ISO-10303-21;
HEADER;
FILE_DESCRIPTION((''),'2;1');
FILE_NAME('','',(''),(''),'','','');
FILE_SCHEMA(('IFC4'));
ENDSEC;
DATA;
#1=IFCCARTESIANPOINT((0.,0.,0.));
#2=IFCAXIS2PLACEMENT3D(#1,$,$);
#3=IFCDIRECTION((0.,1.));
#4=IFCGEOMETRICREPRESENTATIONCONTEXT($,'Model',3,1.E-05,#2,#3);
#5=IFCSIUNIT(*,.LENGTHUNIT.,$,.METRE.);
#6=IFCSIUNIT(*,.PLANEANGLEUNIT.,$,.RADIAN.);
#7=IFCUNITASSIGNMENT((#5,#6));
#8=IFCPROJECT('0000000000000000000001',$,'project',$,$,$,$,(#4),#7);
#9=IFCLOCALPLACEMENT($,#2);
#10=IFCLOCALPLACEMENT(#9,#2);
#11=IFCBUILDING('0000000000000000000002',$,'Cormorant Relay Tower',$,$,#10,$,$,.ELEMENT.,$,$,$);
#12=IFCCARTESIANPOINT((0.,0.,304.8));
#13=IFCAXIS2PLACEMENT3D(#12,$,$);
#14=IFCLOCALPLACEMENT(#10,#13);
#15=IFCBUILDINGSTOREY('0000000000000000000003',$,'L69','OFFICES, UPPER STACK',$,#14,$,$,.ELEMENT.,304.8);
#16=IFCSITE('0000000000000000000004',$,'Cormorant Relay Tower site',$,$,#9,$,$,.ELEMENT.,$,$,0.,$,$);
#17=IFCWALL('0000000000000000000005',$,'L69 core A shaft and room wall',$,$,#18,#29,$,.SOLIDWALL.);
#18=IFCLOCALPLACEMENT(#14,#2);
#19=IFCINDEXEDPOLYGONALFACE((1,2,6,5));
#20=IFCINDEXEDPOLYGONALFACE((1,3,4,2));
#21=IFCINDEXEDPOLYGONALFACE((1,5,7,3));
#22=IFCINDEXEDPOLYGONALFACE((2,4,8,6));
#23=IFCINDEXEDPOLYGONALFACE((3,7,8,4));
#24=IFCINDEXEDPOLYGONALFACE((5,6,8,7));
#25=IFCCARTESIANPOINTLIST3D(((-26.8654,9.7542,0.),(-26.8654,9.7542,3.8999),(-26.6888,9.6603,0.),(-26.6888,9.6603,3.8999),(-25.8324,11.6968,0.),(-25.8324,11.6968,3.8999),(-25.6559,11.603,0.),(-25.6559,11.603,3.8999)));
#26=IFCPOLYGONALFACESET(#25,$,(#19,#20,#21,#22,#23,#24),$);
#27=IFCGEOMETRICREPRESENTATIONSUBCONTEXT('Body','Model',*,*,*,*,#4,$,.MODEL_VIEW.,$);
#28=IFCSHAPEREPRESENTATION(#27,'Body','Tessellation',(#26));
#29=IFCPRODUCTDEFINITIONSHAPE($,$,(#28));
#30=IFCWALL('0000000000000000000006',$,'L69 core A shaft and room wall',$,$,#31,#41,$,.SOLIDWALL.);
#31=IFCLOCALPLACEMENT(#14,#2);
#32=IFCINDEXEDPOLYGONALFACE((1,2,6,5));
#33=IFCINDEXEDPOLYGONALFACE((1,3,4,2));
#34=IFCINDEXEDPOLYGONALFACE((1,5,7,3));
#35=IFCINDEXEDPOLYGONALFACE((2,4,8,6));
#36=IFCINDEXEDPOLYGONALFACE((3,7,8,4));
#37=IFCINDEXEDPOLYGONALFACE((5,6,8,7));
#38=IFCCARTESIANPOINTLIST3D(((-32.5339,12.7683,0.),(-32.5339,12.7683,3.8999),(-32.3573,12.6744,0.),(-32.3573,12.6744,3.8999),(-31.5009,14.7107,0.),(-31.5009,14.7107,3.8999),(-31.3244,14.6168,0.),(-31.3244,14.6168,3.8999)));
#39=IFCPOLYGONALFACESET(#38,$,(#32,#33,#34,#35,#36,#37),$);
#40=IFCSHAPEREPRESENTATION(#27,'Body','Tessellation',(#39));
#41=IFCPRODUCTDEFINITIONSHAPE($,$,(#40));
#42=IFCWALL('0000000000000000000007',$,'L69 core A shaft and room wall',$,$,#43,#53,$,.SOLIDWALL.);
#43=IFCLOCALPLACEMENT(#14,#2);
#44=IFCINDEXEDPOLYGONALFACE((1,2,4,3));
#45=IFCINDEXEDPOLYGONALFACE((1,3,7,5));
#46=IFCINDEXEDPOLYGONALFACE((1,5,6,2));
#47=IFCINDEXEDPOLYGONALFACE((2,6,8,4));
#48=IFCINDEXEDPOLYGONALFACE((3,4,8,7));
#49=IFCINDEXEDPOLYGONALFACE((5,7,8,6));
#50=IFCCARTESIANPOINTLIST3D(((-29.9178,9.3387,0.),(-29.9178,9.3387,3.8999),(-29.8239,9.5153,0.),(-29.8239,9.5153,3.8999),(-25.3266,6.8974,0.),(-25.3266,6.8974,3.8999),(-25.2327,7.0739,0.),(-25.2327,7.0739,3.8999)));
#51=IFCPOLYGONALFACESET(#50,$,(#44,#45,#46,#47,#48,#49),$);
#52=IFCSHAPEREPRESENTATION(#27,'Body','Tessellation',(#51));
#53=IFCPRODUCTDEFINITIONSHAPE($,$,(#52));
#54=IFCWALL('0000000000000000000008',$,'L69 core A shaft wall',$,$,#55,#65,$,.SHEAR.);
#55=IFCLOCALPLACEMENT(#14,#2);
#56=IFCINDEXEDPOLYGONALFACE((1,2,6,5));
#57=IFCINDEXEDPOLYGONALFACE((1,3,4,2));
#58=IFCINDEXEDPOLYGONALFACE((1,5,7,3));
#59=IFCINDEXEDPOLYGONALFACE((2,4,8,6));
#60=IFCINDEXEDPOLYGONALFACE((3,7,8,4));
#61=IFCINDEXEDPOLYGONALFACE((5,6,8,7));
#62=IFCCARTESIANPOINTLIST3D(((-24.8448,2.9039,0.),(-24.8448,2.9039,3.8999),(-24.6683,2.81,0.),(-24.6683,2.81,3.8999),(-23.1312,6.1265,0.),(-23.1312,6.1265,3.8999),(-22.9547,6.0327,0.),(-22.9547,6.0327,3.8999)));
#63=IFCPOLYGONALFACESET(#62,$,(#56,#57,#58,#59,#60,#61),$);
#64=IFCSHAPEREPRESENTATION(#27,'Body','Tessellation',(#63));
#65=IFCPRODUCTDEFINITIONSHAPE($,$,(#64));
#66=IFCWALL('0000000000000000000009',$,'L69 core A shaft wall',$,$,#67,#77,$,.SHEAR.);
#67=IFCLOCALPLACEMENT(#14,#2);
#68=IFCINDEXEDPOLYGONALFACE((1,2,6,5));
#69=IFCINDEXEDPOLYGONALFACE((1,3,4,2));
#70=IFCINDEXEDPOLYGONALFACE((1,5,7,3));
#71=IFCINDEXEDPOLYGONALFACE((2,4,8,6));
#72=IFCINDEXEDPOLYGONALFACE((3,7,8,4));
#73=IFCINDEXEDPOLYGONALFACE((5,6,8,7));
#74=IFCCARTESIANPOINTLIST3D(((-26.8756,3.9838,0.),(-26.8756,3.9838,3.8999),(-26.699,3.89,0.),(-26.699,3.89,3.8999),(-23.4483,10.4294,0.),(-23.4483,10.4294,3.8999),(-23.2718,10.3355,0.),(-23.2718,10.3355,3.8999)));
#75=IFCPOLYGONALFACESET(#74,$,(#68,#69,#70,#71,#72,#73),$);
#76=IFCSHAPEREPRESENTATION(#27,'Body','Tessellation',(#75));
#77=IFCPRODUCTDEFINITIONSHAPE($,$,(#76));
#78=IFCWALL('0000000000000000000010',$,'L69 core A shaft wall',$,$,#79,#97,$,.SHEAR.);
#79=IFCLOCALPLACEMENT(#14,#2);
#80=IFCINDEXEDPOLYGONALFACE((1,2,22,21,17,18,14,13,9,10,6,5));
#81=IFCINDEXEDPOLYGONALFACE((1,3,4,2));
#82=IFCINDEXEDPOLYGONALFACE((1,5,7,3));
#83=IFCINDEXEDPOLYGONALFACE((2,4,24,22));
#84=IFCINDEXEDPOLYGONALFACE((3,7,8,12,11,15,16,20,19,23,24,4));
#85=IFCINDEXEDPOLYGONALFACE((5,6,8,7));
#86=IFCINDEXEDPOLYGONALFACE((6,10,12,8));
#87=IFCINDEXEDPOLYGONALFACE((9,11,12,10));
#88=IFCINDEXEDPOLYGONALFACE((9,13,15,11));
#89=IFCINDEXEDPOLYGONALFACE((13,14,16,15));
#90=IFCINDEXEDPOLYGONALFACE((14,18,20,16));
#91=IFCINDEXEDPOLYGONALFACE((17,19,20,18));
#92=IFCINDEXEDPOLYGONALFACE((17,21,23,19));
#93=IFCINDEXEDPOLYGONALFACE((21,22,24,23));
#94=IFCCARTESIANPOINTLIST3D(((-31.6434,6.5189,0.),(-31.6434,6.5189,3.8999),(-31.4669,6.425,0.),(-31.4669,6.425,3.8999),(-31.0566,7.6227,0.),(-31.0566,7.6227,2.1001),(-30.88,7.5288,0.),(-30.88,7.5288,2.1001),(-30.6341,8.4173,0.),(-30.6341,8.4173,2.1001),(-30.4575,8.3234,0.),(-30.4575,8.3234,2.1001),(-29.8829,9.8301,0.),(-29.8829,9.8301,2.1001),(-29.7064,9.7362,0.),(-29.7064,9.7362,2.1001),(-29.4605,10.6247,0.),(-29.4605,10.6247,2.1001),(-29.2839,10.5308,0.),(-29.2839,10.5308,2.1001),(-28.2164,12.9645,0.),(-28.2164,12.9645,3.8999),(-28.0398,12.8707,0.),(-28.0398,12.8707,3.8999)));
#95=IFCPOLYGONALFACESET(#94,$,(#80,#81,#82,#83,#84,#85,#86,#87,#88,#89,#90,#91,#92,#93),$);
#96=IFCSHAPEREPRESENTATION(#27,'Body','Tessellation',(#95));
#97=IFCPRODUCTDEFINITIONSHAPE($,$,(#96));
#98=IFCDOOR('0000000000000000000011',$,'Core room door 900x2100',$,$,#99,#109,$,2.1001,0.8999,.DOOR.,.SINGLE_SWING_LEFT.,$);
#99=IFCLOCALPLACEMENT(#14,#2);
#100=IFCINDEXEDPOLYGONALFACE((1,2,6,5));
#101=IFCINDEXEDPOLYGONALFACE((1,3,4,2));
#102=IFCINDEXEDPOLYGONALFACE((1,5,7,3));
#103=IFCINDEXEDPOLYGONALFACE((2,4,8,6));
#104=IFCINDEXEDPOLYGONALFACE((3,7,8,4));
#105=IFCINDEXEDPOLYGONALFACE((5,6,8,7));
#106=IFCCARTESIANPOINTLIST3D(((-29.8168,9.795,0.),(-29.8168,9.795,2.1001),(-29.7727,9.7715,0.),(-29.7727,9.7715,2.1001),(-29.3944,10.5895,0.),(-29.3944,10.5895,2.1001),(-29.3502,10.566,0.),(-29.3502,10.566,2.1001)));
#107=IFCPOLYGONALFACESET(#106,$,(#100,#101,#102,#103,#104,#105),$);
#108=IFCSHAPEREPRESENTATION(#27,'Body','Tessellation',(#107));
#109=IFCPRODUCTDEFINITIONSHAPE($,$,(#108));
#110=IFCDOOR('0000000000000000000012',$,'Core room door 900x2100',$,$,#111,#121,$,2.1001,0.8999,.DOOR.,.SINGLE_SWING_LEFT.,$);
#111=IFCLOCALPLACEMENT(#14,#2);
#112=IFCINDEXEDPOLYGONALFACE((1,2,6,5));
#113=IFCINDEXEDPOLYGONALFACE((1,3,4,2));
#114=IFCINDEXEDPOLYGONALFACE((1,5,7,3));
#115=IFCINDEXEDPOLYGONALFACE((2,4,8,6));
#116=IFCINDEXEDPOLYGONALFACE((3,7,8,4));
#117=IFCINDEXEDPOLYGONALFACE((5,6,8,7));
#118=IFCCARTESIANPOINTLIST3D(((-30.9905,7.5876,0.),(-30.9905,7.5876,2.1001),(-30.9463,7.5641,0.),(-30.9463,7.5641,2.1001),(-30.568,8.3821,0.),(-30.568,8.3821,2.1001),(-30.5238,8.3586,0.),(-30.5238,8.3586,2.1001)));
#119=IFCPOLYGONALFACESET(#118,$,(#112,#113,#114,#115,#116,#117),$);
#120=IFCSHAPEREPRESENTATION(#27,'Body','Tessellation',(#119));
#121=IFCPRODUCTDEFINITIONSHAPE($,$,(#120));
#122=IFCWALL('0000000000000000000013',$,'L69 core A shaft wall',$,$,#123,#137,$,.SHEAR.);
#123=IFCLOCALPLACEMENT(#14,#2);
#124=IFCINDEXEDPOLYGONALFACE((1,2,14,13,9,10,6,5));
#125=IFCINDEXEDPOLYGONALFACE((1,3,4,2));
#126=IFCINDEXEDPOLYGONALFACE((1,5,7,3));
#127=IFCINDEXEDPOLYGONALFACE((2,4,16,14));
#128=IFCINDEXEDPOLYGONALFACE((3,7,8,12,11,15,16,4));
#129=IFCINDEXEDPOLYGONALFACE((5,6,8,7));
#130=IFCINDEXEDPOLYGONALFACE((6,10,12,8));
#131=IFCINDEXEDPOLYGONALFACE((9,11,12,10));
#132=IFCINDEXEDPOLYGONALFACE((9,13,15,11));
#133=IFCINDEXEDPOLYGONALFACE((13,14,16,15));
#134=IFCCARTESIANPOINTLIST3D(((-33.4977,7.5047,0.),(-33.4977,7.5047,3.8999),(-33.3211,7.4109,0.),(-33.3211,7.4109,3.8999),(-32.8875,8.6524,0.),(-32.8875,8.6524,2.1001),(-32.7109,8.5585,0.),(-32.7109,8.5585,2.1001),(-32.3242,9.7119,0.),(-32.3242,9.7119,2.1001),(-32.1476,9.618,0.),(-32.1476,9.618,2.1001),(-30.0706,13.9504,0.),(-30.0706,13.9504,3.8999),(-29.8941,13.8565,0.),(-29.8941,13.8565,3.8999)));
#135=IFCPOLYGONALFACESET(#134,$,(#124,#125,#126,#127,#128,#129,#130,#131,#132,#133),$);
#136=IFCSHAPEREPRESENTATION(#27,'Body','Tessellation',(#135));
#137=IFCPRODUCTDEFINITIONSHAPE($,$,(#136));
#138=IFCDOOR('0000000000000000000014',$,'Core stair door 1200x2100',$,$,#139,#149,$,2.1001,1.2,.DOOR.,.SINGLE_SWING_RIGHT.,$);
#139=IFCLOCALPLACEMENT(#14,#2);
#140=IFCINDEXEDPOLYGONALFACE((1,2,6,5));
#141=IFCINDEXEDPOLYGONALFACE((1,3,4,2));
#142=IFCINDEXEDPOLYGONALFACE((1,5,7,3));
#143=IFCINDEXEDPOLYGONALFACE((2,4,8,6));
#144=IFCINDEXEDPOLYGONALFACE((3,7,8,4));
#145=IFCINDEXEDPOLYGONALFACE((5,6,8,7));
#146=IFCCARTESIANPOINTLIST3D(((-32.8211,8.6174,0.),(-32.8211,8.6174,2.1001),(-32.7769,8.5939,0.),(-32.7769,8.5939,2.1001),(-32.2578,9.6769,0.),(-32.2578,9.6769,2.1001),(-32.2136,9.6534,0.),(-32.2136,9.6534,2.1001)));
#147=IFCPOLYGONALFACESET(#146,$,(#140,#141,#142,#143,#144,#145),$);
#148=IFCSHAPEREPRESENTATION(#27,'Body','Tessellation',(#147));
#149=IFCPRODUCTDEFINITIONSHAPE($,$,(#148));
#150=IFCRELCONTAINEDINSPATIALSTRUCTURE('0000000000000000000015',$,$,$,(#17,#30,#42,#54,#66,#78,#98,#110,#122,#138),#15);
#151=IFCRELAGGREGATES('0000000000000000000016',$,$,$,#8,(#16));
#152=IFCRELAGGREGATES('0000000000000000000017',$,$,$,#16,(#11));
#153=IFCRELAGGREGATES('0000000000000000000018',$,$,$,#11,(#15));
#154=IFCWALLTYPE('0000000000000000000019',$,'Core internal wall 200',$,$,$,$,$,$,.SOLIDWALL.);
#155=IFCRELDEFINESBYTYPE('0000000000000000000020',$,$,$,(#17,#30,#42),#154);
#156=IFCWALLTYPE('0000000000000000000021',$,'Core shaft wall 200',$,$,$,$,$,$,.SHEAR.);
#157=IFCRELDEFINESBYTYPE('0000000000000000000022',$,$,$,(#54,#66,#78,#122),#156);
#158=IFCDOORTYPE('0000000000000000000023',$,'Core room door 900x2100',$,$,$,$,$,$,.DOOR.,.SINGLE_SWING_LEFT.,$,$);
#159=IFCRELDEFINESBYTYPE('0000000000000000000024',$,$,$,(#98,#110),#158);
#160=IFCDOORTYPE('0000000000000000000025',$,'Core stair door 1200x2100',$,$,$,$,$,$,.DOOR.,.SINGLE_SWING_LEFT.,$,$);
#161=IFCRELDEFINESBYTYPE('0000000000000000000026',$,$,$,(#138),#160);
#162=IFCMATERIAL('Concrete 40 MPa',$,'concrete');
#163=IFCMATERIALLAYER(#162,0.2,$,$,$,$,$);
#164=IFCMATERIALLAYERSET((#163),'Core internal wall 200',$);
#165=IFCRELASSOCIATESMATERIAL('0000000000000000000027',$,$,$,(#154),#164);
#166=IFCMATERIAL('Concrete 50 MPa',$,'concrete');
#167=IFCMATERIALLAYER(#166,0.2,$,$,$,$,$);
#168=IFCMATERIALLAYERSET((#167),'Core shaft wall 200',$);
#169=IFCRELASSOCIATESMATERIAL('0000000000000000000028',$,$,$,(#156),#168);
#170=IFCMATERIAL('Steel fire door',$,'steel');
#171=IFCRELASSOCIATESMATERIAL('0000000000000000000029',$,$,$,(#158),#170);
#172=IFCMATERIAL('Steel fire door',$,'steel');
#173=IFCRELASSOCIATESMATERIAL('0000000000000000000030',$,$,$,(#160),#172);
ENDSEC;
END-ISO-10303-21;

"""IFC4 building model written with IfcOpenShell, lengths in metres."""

from ifc_helpers import new_model, si_unit, direction, frame, frame_2d, origin, place, context, subcontext, project, spatial, rectangle, extrude, material, layer, layer_set, type_object, element, fill, save


model = new_model("IFC4")

# Units and contexts
model_context = context("Model", 3, precision=1e-05, world=origin(), true_north=direction((0.0, 1.0)))
body_context = subcontext(model_context, "Body", "Model", "MODEL_VIEW")
ifc_project = project(units=[si_unit("LENGTHUNIT", "METRE"), si_unit("PLANEANGLEUNIT", "RADIAN")], contexts=[model_context])

# Site, building, storey
site_placement = place(None, origin())
site = spatial("IfcSite", under=ifc_project, at=site_placement, Name="Cormorant Relay Tower site", CompositionType="ELEMENT", RefElevation=0.0)
building_placement = place(site_placement, origin())
building = spatial("IfcBuilding", under=site, at=building_placement, Name="Cormorant Relay Tower", CompositionType="ELEMENT")
storey_placement = place(building_placement, frame((0.0, 0.0, 304.8)))
storey = spatial("IfcBuildingStorey", under=building, at=storey_placement, Name="L69", Description="OFFICES, UPPER STACK", CompositionType="ELEMENT", Elevation=304.8)

# Walls
ifc_material_1 = material(Name="Concrete 40 MPa", Category="concrete")
ifc_layer_1 = layer(ifc_material_1, 0.2)
ifc_layer_set_1 = layer_set([ifc_layer_1], Name="Core internal wall 200")
wall_type_1 = type_object("IfcWallType", Name="Core internal wall 200", PredefinedType="SOLIDWALL", material=ifc_layer_set_1)
wall_1_placement = place(storey_placement, frame((-25.7441, 11.6499, 0.0), z_axis=(0.0, 0.0, 1.0), x_axis=(-0.469488, -0.882939, 0.0)))
element("IfcWall", 1, at=wall_1_placement, inside=storey, type_object=wall_type_1, Name="L69 core A shaft and room wall", PredefinedType="SOLIDWALL", context=body_context, shape_type="SweptSolid", body=[
    extrude(rectangle(XDim=2.2002, YDim=0.2, at=frame_2d((1.1001, 0.0))), origin(), (0.0, 0.0, 1.0), 3.8999),
])
wall_2_placement = place(storey_placement, frame((-31.4126, 14.6638, 0.0), z_axis=(0.0, 0.0, 1.0), x_axis=(-0.469534, -0.882914, 0.0)))
element("IfcWall", 2, at=wall_2_placement, inside=storey, type_object=wall_type_1, Name="L69 core A shaft and room wall", PredefinedType="SOLIDWALL", context=body_context, shape_type="SweptSolid", body=[
    extrude(rectangle(XDim=2.2, YDim=0.2, at=frame_2d((1.1001, 0.0))), origin(), (0.0, 0.0, 1.0), 3.8999),
])
wall_3_placement = place(storey_placement, frame((-25.2795, 6.9856, 0.0), z_axis=(0.0, 0.0, 1.0), x_axis=(-0.882935, 0.469496, 0.0)))
element("IfcWall", 3, at=wall_3_placement, inside=storey, type_object=wall_type_1, Name="L69 core A shaft and room wall", PredefinedType="SOLIDWALL", context=body_context, shape_type="SweptSolid", body=[
    extrude(rectangle(XDim=5.2, YDim=0.2, at=frame_2d((2.6001, 0.0))), origin(), (0.0, 0.0, 1.0), 3.8999),
])
ifc_material_2 = material(Name="Concrete 50 MPa", Category="concrete")
ifc_layer_2 = layer(ifc_material_2, 0.2)
ifc_layer_set_2 = layer_set([ifc_layer_2], Name="Core shaft wall 200")
wall_type_2 = type_object("IfcWallType", Name="Core shaft wall 200", PredefinedType="SHEAR", material=ifc_layer_set_2)
wall_4_placement = place(storey_placement, frame((-23.043, 6.0796, 0.0), z_axis=(0.0, 0.0, 1.0), x_axis=(-0.469494, -0.882936, 0.0)))
element("IfcWall", 4, at=wall_4_placement, inside=storey, type_object=wall_type_2, Name="L69 core A shaft wall", PredefinedType="SHEAR", context=body_context, shape_type="SweptSolid", body=[
    extrude(rectangle(XDim=3.6499, YDim=0.2, at=frame_2d((1.825, 0.0))), origin(), (0.0, 0.0, 1.0), 3.8999),
])
wall_5_placement = place(storey_placement, frame((-23.3601, 10.3823, 0.0), z_axis=(0.0, 0.0, 1.0), x_axis=(-0.46948, -0.882943, 0.0)))
element("IfcWall", 5, at=wall_5_placement, inside=storey, type_object=wall_type_2, Name="L69 core A shaft wall", PredefinedType="SHEAR", context=body_context, shape_type="SweptSolid", body=[
    extrude(rectangle(XDim=7.3, YDim=0.2, at=frame_2d((3.6499, 0.0))), origin(), (0.0, 0.0, 1.0), 3.8999),
])

# Wall, openings, doors
wall_6_placement = place(storey_placement, frame((-28.1282, 12.9175, 0.0), z_axis=(0.0, 0.0, 1.0), x_axis=(-0.469454, -0.882957, 0.0)))
wall_6 = element("IfcWall", 6, at=wall_6_placement, inside=storey, type_object=wall_type_2, Name="L69 core A shaft wall", PredefinedType="SHEAR", context=body_context, shape_type="SweptSolid", body=[
    extrude(rectangle(XDim=7.3, YDim=0.2, at=frame_2d((3.6499, 0.0))), origin(), (0.0, 0.0, 1.0), 3.8999),
])
opening_1_placement = place(wall_6_placement, frame((2.6499, 0.0, 0.0)))
opening_1 = element("IfcOpeningElement", 7, at=opening_1_placement, cuts=wall_6, PredefinedType="OPENING", context=body_context, shape_type="SweptSolid", body=[
    extrude(rectangle(XDim=0.8999, YDim=2.1001, at=frame_2d((0.45, 1.05))), frame((0.0, 0.1099, 0.0), z_axis=(0.0, -1.0, 0.0), x_axis=(1.0, 0.0, 0.0)), (0.0, 0.0, 1.0), 0.22),
])
opening_2_placement = place(wall_6_placement, frame((5.1499, 0.0, 0.0)))
opening_2 = element("IfcOpeningElement", 8, at=opening_2_placement, cuts=wall_6, PredefinedType="OPENING", context=body_context, shape_type="SweptSolid", body=[
    extrude(rectangle(XDim=0.8999, YDim=2.1001, at=frame_2d((0.45, 1.05))), frame((0.0, 0.1099, 0.0), z_axis=(0.0, -1.0, 0.0), x_axis=(1.0, 0.0, 0.0)), (0.0, 0.0, 1.0), 0.22),
])
ifc_material_3 = material(Name="Steel fire door", Category="steel")
door_type_1 = type_object("IfcDoorType", Name="Core room door 900x2100", OperationType="SINGLE_SWING_LEFT", PredefinedType="DOOR", material=ifc_material_3)
door_1_placement = place(opening_1_placement, origin())
door_1 = element("IfcDoor", 9, at=door_1_placement, inside=storey, type_object=door_type_1, Name="Core room door 900x2100", OperationType="SINGLE_SWING_LEFT", OverallHeight=2.1001, OverallWidth=0.8999, PredefinedType="DOOR", context=body_context, shape_type="SweptSolid", body=[
    extrude(rectangle(XDim=0.8999, YDim=2.1001, at=frame_2d((0.45, 1.05))), frame((0.0, 0.0249, 0.0), z_axis=(0.0, -1.0, 0.0), x_axis=(1.0, 0.0, 0.0)), (0.0, 0.0, 1.0), 0.05),
])
fill(opening_1, door_1)
door_2_placement = place(opening_2_placement, origin())
door_2 = element("IfcDoor", 10, at=door_2_placement, inside=storey, type_object=door_type_1, Name="Core room door 900x2100", OperationType="SINGLE_SWING_LEFT", OverallHeight=2.1001, OverallWidth=0.8999, PredefinedType="DOOR", context=body_context, shape_type="SweptSolid", body=[
    extrude(rectangle(XDim=0.8999, YDim=2.1001, at=frame_2d((0.45, 1.05))), frame((0.0, 0.0249, 0.0), z_axis=(0.0, -1.0, 0.0), x_axis=(1.0, 0.0, 0.0)), (0.0, 0.0, 1.0), 0.05),
])
fill(opening_2, door_2)

# Wall, opening, door
wall_7_placement = place(storey_placement, frame((-29.9824, 13.9033, 0.0), z_axis=(0.0, 0.0, 1.0), x_axis=(-0.469454, -0.882957, 0.0)))
wall_7 = element("IfcWall", 11, at=wall_7_placement, inside=storey, type_object=wall_type_2, Name="L69 core A shaft wall", PredefinedType="SHEAR", context=body_context, shape_type="SweptSolid", body=[
    extrude(rectangle(XDim=7.3, YDim=0.2, at=frame_2d((3.6499, 0.0))), origin(), (0.0, 0.0, 1.0), 3.8999),
])
opening_3_placement = place(wall_7_placement, frame((4.8, 0.0, 0.0)))
opening_3 = element("IfcOpeningElement", 12, at=opening_3_placement, cuts=wall_7, PredefinedType="OPENING", context=body_context, shape_type="SweptSolid", body=[
    extrude(rectangle(XDim=1.2, YDim=2.1001, at=frame_2d((0.6001, 1.05))), frame((0.0, 0.1099, 0.0), z_axis=(0.0, -1.0, 0.0), x_axis=(1.0, 0.0, 0.0)), (0.0, 0.0, 1.0), 0.22),
])
ifc_material_4 = material(Name="Steel fire door", Category="steel")
door_type_2 = type_object("IfcDoorType", Name="Core stair door 1200x2100", OperationType="SINGLE_SWING_LEFT", PredefinedType="DOOR", material=ifc_material_4)
door_3_placement = place(opening_3_placement, frame((1.2, 0.0, 0.0), z_axis=(0.0, 0.0, 1.0), x_axis=(-1.0, 0.0, 0.0)))
door_3 = element("IfcDoor", 13, at=door_3_placement, inside=storey, type_object=door_type_2, Name="Core stair door 1200x2100", OperationType="SINGLE_SWING_RIGHT", OverallHeight=2.1001, OverallWidth=1.2, PredefinedType="DOOR", context=body_context, shape_type="SweptSolid", body=[
    extrude(rectangle(XDim=1.2, YDim=2.1001, at=frame_2d((0.6001, 1.05))), frame((0.0, 0.0249, 0.0), z_axis=(0.0, -1.0, 0.0), x_axis=(1.0, 0.0, 0.0)), (0.0, 0.0, 1.0), 0.05),
])
fill(opening_3, door_3)

save(model, "model.ifc")
